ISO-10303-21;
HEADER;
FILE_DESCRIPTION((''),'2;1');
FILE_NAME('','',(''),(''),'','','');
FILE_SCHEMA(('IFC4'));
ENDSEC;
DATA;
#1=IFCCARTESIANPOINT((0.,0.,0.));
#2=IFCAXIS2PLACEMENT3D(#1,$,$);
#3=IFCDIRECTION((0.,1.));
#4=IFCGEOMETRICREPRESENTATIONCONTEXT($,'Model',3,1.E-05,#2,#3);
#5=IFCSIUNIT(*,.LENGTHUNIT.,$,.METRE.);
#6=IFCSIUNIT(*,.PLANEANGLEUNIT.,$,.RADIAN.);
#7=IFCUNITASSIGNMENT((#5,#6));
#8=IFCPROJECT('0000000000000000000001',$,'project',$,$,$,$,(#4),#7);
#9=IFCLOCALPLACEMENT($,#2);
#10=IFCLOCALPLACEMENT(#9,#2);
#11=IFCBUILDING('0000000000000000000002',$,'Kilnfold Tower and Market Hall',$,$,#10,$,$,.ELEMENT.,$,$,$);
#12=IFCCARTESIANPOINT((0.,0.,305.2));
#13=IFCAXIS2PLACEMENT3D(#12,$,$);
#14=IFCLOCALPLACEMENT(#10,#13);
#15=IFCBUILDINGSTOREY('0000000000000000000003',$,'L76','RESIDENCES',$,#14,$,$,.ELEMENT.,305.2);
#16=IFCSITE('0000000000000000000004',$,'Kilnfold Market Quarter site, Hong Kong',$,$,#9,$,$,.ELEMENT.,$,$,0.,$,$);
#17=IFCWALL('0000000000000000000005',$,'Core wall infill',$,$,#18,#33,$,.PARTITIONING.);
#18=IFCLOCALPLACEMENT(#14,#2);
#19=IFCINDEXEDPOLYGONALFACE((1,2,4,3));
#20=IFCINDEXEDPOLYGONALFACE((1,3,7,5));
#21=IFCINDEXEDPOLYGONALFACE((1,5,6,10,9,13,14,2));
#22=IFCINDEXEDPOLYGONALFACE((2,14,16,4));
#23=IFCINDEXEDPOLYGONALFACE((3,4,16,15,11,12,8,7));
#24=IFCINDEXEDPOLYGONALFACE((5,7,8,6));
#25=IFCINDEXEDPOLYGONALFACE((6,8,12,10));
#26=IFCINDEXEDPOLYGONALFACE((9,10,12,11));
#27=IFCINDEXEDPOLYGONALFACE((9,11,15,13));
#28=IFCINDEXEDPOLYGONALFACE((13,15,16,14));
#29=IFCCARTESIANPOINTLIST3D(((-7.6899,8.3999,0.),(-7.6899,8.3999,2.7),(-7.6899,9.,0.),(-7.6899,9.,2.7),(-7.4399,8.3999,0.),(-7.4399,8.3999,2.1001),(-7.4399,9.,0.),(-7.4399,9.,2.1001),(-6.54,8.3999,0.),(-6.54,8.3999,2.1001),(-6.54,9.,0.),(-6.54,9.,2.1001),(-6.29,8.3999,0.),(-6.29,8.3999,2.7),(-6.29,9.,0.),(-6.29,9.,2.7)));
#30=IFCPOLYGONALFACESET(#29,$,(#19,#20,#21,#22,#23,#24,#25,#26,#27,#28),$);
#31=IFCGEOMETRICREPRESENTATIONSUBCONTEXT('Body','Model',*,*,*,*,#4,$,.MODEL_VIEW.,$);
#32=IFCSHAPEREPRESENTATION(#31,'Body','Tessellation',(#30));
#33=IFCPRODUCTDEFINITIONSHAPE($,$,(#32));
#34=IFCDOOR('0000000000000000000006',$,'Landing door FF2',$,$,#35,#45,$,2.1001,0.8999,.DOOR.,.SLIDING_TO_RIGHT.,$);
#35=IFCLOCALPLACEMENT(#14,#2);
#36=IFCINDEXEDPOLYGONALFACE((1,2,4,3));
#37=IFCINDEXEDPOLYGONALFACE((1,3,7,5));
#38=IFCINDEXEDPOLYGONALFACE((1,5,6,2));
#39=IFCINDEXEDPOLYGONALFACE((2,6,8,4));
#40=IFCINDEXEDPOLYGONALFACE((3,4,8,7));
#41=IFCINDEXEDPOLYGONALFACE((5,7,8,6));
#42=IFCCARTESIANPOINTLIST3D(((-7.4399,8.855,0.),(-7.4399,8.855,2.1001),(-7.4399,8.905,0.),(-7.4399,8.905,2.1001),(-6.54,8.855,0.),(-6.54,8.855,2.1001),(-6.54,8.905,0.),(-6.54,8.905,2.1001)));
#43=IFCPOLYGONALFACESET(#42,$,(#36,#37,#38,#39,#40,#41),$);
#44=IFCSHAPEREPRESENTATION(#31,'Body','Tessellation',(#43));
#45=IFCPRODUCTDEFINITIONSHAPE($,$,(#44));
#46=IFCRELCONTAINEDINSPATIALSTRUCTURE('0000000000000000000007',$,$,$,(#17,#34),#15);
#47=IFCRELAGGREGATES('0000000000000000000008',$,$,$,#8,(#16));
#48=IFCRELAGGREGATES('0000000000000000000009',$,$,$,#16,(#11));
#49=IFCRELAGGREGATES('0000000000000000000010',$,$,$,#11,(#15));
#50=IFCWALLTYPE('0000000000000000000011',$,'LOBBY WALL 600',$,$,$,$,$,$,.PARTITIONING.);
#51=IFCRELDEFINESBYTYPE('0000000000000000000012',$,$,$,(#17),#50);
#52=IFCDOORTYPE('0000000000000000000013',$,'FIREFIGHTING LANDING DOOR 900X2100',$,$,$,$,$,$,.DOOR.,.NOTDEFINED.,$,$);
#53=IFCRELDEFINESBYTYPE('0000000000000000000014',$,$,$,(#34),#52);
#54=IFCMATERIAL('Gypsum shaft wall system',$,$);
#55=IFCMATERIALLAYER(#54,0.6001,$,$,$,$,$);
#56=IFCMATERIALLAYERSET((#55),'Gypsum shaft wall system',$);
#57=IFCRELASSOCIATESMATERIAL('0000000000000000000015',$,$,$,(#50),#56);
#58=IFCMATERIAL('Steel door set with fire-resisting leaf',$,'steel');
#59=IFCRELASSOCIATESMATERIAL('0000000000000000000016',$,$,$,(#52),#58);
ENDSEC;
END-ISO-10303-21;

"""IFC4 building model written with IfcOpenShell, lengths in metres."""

from ifc_helpers import new_model, si_unit, direction, frame, frame_2d, origin, place, context, subcontext, project, spatial, rectangle, extrude, source, transform, mapped, material, layer, layer_set, type_object, element, fill, save


model = new_model("IFC4")

# Units and contexts
model_context = context("Model", 3, precision=1e-05, world=origin(), true_north=direction((0.0, 1.0)))
body_context = subcontext(model_context, "Body", "Model", "MODEL_VIEW")
ifc_project = project(units=[si_unit("LENGTHUNIT", "METRE"), si_unit("PLANEANGLEUNIT", "RADIAN")], contexts=[model_context])

# Site, building, storey
site_placement = place(None, origin())
site = spatial("IfcSite", under=ifc_project, at=site_placement, Name="Kilnfold Market Quarter site, Hong Kong", CompositionType="ELEMENT", RefElevation=0.0)
building_placement = place(site_placement, origin())
building = spatial("IfcBuilding", under=site, at=building_placement, Name="Kilnfold Tower and Market Hall", CompositionType="ELEMENT")
storey_placement = place(building_placement, frame((0.0, 0.0, 305.2)))
storey = spatial("IfcBuildingStorey", under=building, at=storey_placement, Name="L76", Description="RESIDENCES", CompositionType="ELEMENT", Elevation=305.2)

# Wall, opening, door
ifc_material_1 = material(Name="Gypsum shaft wall system")
ifc_layer_1 = layer(ifc_material_1, 0.6001)
ifc_layer_set_1 = layer_set([ifc_layer_1], Name="Gypsum shaft wall system")
wall_type_1 = type_object("IfcWallType", Name="LOBBY WALL 600", PredefinedType="PARTITIONING", material=ifc_layer_set_1)
ifc_material_2 = material(Name="Steel door set with fire-resisting leaf", Category="steel")
door_type_1 = type_object("IfcDoorType", Name="FIREFIGHTING LANDING DOOR 900X2100", OperationType="NOTDEFINED", PredefinedType="DOOR", material=ifc_material_2)
shared_shape_1 = source(origin(), body_context, "Body", "SweptSolid", [
    extrude(rectangle(XDim=1.3999, YDim=0.6001, at=frame_2d((0.7, 0.0))), origin(), (0.0, 0.0, 1.0), 2.7),
])
wall_1_placement = place(storey_placement, frame((-7.6899, 8.7, 0.0), z_axis=(0.0, 0.0, 1.0), x_axis=(1.0, 0.0, 0.0)))
wall_1 = element("IfcWall", 1, at=wall_1_placement, inside=storey, type_object=wall_type_1, Name="Core wall infill", PredefinedType="PARTITIONING", context=body_context, shape_type="MappedRepresentation", body=[
    mapped(shared_shape_1, transform((0.0, 0.0, 0.0))),
])
opening_1_placement = place(wall_1_placement, frame((0.25, 0.0, 0.0)))
opening_1 = element("IfcOpeningElement", 2, at=opening_1_placement, cuts=wall_1, PredefinedType="OPENING", context=body_context, shape_type="SweptSolid", body=[
    extrude(rectangle(XDim=0.8999, YDim=2.1001, at=frame_2d((0.45, 1.05))), frame((0.0, 0.3101, 0.0), z_axis=(0.0, -1.0, 0.0), x_axis=(1.0, 0.0, 0.0)), (0.0, 0.0, 1.0), 0.6201),
])
door_1_placement = place(opening_1_placement, origin())
door_1 = element("IfcDoor", 3, at=door_1_placement, inside=storey, type_object=door_type_1, Name="Landing door FF2", OperationType="SLIDING_TO_RIGHT", OverallHeight=2.1001, OverallWidth=0.8999, PredefinedType="DOOR", context=body_context, shape_type="SweptSolid", body=[
    extrude(rectangle(XDim=0.8999, YDim=2.1001, at=frame_2d((0.45, 1.05))), frame((0.0, 0.2051, 0.0), z_axis=(0.0, -1.0, 0.0), x_axis=(1.0, 0.0, 0.0)), (0.0, 0.0, 1.0), 0.05),
])
fill(opening_1, door_1)

save(model, "model.ifc")
